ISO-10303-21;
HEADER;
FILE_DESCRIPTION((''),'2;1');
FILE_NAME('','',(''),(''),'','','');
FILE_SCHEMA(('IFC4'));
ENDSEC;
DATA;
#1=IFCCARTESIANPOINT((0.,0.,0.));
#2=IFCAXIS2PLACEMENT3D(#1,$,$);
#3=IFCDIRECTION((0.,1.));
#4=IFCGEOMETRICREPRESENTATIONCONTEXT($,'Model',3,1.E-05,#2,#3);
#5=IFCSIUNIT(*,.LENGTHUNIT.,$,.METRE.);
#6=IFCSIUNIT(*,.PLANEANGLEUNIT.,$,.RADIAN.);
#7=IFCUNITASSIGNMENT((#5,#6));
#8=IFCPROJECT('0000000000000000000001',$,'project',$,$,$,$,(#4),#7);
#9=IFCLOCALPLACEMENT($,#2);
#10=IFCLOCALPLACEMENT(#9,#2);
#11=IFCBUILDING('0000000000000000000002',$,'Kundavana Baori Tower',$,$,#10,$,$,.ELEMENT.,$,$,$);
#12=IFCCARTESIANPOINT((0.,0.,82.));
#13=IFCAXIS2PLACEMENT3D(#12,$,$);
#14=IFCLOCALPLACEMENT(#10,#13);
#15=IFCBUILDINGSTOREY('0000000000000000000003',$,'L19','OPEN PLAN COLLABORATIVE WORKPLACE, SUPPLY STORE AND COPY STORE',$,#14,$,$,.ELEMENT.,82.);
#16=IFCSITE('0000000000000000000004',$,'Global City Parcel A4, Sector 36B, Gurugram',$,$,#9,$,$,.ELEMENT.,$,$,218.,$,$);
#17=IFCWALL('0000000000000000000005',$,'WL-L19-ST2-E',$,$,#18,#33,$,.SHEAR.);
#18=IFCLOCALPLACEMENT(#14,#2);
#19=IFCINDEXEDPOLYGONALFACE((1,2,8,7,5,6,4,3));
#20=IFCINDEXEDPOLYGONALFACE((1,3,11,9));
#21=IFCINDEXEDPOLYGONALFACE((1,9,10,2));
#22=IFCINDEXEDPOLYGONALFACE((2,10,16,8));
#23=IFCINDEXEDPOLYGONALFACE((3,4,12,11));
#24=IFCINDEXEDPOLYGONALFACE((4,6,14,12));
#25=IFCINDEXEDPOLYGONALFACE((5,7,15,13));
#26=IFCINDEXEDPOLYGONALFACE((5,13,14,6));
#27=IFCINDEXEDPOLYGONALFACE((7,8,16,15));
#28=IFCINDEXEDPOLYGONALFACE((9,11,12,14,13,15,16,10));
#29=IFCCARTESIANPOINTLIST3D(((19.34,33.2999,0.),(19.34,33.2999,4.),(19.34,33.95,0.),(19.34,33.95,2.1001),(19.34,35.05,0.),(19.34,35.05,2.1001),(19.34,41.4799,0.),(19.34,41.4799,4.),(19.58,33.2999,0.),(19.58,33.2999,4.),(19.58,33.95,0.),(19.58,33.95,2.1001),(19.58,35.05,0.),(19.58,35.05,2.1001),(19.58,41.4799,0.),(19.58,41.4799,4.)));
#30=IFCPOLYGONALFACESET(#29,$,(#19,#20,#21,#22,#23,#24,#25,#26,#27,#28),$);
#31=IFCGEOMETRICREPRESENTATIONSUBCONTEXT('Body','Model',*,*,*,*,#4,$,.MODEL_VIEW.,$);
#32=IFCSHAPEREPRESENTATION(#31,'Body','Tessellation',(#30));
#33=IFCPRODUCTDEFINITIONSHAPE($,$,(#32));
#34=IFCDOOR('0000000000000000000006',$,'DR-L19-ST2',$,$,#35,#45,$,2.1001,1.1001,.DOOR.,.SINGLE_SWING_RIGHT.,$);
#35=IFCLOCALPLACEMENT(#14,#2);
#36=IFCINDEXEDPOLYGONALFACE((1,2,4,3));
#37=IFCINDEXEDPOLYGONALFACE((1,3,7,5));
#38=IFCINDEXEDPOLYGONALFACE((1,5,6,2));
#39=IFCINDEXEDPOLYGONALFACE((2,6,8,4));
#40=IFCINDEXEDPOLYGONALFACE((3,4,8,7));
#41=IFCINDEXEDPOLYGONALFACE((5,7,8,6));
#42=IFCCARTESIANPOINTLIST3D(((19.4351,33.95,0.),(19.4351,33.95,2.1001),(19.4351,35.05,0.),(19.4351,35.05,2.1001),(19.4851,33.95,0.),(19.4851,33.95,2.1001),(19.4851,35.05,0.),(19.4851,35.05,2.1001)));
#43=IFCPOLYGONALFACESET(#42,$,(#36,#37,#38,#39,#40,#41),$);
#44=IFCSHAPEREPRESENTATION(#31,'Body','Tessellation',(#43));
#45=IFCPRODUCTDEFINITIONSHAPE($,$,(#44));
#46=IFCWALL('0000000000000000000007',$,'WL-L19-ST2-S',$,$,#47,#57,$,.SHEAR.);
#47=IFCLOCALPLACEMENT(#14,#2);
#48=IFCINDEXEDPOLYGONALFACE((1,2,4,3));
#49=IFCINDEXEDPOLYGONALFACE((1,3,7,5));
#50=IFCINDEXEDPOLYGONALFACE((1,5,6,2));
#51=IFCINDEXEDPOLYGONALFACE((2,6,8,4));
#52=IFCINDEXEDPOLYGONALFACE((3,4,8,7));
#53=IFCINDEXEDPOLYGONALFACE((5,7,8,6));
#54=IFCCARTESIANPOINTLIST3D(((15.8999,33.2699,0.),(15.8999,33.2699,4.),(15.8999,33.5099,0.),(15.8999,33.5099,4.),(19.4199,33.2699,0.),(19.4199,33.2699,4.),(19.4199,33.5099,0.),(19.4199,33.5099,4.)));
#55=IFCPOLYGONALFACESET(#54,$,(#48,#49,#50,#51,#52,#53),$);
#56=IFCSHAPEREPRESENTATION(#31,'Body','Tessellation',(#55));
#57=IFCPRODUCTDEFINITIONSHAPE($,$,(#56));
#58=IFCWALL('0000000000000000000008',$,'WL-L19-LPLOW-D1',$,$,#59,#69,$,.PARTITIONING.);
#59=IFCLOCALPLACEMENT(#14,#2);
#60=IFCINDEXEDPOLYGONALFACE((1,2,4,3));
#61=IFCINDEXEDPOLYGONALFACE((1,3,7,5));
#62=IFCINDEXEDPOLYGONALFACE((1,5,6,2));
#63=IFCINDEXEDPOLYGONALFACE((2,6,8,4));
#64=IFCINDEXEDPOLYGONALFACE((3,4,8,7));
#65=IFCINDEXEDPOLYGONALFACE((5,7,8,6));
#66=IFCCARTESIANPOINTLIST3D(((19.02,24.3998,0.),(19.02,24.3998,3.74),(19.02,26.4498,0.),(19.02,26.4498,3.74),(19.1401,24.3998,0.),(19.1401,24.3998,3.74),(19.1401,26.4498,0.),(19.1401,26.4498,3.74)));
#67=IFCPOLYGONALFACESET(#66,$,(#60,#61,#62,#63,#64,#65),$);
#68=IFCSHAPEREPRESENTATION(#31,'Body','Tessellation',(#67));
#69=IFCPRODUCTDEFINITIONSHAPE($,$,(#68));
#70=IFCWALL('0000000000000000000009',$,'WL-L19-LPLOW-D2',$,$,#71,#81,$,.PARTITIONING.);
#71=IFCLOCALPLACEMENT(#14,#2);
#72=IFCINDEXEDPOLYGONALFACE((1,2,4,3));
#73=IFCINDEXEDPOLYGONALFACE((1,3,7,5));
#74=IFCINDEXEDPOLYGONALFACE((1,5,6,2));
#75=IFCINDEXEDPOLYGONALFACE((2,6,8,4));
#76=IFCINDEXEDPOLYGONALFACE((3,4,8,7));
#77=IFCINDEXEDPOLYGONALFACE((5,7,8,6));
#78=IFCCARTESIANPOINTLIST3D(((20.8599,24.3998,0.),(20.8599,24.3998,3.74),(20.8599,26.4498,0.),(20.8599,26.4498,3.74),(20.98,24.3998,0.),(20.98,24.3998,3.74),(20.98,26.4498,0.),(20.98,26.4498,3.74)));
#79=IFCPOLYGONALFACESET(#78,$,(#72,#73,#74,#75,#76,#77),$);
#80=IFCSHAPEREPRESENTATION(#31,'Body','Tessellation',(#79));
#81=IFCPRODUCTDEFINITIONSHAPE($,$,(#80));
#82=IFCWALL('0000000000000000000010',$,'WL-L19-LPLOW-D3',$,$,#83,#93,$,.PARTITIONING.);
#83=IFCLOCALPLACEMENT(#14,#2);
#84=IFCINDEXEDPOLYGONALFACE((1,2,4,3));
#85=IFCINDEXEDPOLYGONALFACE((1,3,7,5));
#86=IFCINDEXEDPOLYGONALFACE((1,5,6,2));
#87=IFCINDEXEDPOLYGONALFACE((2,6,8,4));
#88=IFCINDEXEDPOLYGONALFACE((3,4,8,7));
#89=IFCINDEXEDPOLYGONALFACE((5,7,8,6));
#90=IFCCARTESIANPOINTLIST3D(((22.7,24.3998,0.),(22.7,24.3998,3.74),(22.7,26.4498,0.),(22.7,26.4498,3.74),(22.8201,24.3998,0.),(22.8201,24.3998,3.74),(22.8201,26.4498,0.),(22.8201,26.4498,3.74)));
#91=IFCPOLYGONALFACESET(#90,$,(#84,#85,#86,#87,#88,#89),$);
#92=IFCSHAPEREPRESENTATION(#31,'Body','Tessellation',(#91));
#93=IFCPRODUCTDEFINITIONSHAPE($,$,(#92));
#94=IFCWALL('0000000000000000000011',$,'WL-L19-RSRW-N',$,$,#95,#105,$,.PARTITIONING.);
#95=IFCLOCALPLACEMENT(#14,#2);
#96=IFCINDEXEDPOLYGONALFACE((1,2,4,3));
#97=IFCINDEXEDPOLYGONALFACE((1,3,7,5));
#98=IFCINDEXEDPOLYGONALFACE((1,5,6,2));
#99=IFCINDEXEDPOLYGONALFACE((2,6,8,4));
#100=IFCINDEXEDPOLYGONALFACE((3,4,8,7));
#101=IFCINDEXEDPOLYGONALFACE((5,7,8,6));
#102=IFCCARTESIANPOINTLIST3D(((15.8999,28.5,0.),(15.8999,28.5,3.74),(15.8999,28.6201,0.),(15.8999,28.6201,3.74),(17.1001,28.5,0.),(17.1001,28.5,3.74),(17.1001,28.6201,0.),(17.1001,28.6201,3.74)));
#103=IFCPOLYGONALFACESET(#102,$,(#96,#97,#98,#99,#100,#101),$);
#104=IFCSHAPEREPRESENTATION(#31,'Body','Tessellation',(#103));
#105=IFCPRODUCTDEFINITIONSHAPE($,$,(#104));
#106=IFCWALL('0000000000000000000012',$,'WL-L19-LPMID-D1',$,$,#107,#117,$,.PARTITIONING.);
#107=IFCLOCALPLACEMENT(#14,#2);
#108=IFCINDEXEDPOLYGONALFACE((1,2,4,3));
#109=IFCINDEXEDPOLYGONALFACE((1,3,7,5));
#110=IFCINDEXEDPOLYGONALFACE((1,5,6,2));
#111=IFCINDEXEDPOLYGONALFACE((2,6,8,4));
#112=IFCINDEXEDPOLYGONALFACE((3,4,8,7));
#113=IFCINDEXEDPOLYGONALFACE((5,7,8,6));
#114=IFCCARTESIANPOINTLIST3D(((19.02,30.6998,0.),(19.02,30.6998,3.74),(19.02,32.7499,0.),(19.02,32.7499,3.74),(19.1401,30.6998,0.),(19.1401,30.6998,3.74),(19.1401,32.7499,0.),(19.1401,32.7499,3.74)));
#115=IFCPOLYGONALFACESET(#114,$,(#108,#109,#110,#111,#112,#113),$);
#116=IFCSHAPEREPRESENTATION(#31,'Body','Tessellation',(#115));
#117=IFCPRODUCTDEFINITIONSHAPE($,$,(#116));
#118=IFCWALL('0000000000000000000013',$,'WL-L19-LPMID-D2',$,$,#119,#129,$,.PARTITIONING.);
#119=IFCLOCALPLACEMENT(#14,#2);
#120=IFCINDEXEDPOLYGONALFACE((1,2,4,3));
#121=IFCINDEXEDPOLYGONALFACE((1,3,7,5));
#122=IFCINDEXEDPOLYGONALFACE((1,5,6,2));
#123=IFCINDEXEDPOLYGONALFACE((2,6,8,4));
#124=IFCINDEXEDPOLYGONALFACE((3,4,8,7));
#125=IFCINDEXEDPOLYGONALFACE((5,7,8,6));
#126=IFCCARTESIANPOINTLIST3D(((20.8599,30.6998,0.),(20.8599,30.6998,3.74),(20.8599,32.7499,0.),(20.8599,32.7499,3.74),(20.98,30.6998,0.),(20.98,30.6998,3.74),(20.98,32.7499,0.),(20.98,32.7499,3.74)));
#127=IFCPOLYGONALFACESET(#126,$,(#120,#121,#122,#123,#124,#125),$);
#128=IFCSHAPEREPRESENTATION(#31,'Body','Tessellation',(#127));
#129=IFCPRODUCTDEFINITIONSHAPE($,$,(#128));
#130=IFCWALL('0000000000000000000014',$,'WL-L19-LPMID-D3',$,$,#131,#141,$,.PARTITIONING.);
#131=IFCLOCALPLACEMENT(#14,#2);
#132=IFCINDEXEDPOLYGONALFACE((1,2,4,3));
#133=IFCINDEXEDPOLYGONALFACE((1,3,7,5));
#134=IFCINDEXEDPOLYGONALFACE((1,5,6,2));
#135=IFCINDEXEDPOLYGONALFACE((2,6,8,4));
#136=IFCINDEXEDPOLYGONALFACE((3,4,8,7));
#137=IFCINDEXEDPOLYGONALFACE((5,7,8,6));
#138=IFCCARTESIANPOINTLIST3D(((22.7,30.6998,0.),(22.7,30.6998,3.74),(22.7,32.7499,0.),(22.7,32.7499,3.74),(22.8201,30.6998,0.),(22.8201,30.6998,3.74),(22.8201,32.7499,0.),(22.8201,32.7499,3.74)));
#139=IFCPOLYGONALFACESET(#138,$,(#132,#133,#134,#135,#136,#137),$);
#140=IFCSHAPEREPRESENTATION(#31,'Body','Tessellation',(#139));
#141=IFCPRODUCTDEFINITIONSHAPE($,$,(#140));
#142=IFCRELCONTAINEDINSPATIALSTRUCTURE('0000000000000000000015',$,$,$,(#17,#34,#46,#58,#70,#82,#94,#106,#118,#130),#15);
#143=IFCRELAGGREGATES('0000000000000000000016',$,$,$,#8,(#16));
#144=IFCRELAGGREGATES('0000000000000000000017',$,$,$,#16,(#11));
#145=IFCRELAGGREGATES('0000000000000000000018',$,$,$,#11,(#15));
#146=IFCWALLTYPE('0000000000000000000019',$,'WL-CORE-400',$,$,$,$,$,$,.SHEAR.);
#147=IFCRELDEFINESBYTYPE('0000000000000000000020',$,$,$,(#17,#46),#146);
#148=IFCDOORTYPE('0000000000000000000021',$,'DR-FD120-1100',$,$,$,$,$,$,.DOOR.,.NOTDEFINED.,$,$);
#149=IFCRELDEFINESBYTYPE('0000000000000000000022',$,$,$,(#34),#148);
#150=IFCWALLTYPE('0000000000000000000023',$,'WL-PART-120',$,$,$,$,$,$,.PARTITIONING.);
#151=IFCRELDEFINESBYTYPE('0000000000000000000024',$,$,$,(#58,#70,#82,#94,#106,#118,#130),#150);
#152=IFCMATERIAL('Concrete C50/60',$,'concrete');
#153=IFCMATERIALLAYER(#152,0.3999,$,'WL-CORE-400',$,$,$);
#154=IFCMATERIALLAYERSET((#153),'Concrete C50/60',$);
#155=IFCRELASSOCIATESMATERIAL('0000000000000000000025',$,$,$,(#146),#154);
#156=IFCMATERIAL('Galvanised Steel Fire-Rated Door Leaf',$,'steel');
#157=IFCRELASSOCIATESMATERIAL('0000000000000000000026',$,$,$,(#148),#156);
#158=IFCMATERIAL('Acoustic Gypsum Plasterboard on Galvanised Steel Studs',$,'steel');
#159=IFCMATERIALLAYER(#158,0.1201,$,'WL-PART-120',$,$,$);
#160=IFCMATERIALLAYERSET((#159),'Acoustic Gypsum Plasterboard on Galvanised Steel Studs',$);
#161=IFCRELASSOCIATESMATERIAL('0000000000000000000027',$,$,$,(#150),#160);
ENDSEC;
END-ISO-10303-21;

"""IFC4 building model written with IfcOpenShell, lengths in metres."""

from ifc_helpers import new_model, si_unit, direction, frame, frame_2d, origin, place, context, subcontext, project, spatial, rectangle, extrude, material, layer, layer_set, type_object, element, fill, save


model = new_model("IFC4")

# Units and contexts
model_context = context("Model", 3, precision=1e-05, world=origin(), true_north=direction((0.0, 1.0)))
body_context = subcontext(model_context, "Body", "Model", "MODEL_VIEW")
ifc_project = project(units=[si_unit("LENGTHUNIT", "METRE"), si_unit("PLANEANGLEUNIT", "RADIAN")], contexts=[model_context])

# Site, building, storey
site_placement = place(None, origin())
site = spatial("IfcSite", under=ifc_project, at=site_placement, Name="Global City Parcel A4, Sector 36B, Gurugram", CompositionType="ELEMENT", RefElevation=218.0)
building_placement = place(site_placement, origin())
building = spatial("IfcBuilding", under=site, at=building_placement, Name="Kundavana Baori Tower", CompositionType="ELEMENT")
storey_placement = place(building_placement, frame((0.0, 0.0, 82.0)))
storey = spatial("IfcBuildingStorey", under=building, at=storey_placement, Name="L19", Description="OPEN PLAN COLLABORATIVE WORKPLACE, SUPPLY STORE AND COPY STORE", CompositionType="ELEMENT", Elevation=82.0)

# Wall, opening, door
ifc_material_1 = material(Name="Concrete C50/60", Category="concrete")
ifc_layer_1 = layer(ifc_material_1, 0.3999, Name="WL-CORE-400")
ifc_layer_set_1 = layer_set([ifc_layer_1], Name="Concrete C50/60")
wall_type_1 = type_object("IfcWallType", Name="WL-CORE-400", PredefinedType="SHEAR", material=ifc_layer_set_1)
wall_1_placement = place(storey_placement, frame((19.46, 33.3, 0.0), z_axis=(0.0, 0.0, 1.0), x_axis=(0.0, 1.0, 0.0)))
wall_1 = element("IfcWall", 1, at=wall_1_placement, inside=storey, type_object=wall_type_1, Name="WL-L19-ST2-E", PredefinedType="SHEAR", context=body_context, shape_type="SweptSolid", body=[
    extrude(rectangle(XDim=8.1799, YDim=0.24, at=frame_2d((4.0898, 0.0))), origin(), (0.0, 0.0, 1.0), 4.0),
])
opening_1_placement = place(wall_1_placement, frame((0.6499, 0.0, 0.0)))
opening_1 = element("IfcOpeningElement", 2, at=opening_1_placement, cuts=wall_1, PredefinedType="OPENING", context=body_context, shape_type="SweptSolid", body=[
    extrude(rectangle(XDim=1.1001, YDim=2.1001, at=frame_2d((0.55, 1.05))), frame((0.0, 0.1299, 0.0), z_axis=(0.0, -1.0, 0.0), x_axis=(1.0, 0.0, 0.0)), (0.0, 0.0, 1.0), 0.26),
])
ifc_material_2 = material(Name="Galvanised Steel Fire-Rated Door Leaf", Category="steel")
door_type_1 = type_object("IfcDoorType", Name="DR-FD120-1100", OperationType="NOTDEFINED", PredefinedType="DOOR", material=ifc_material_2)
door_1_placement = place(opening_1_placement, origin())
door_1 = element("IfcDoor", 3, at=door_1_placement, inside=storey, type_object=door_type_1, Name="DR-L19-ST2", OperationType="SINGLE_SWING_RIGHT", OverallHeight=2.1001, OverallWidth=1.1001, PredefinedType="DOOR", context=body_context, shape_type="SweptSolid", body=[
    extrude(rectangle(XDim=1.1001, YDim=2.1001, at=frame_2d((0.55, 1.05))), frame((0.0, 0.0249, 0.0), z_axis=(0.0, -1.0, 0.0), x_axis=(1.0, 0.0, 0.0)), (0.0, 0.0, 1.0), 0.05),
])
fill(opening_1, door_1)

# Walls
wall_2_placement = place(storey_placement, frame((15.8999, 33.3899, 0.0), z_axis=(0.0, 0.0, 1.0), x_axis=(1.0, 0.0, 0.0)))
element("IfcWall", 4, at=wall_2_placement, inside=storey, type_object=wall_type_1, Name="WL-L19-ST2-S", PredefinedType="SHEAR", context=body_context, shape_type="SweptSolid", body=[
    extrude(rectangle(XDim=3.52, YDim=0.24, at=frame_2d((1.76, 0.0))), origin(), (0.0, 0.0, 1.0), 4.0),
])
ifc_material_3 = material(Name="Acoustic Gypsum Plasterboard on Galvanised Steel Studs", Category="steel")
ifc_layer_2 = layer(ifc_material_3, 0.1201, Name="WL-PART-120")
ifc_layer_set_2 = layer_set([ifc_layer_2], Name="Acoustic Gypsum Plasterboard on Galvanised Steel Studs")
wall_type_2 = type_object("IfcWallType", Name="WL-PART-120", PredefinedType="PARTITIONING", material=ifc_layer_set_2)
for number, where, z_axis, x_axis, name in (
    (5, (19.0801, 24.3999, 0.0), (0.0, 0.0, 1.0), (0.0, 1.0, 0.0), "WL-L19-LPLOW-D1"),
    (6, (20.9199, 24.3999, 0.0), (0.0, 0.0, 1.0), (0.0, 1.0, 0.0), "WL-L19-LPLOW-D2"),
    (7, (22.76, 24.3999, 0.0), (0.0, 0.0, 1.0), (0.0, 1.0, 0.0), "WL-L19-LPLOW-D3"),
):
    element("IfcWall", number, at=place(storey_placement, frame(where, z_axis=z_axis, x_axis=x_axis)), inside=storey, type_object=wall_type_2, Name=name, PredefinedType="PARTITIONING", context=body_context, shape_type="SweptSolid", body=[
        extrude(rectangle(XDim=2.05, YDim=0.1201, at=frame_2d((1.0249, 0.0))), origin(), (0.0, 0.0, 1.0), 3.74),
    ])
wall_3_placement = place(storey_placement, frame((15.8999, 28.5601, 0.0), z_axis=(0.0, 0.0, 1.0), x_axis=(1.0, 0.0, 0.0)))
element("IfcWall", 8, at=wall_3_placement, inside=storey, type_object=wall_type_2, Name="WL-L19-RSRW-N", PredefinedType="PARTITIONING", context=body_context, shape_type="SweptSolid", body=[
    extrude(rectangle(XDim=1.2002, YDim=0.1201, at=frame_2d((0.6001, 0.0))), origin(), (0.0, 0.0, 1.0), 3.74),
])
for number, where, z_axis, x_axis, name in (
    (9, (19.0801, 30.7, 0.0), (0.0, 0.0, 1.0), (0.0, 1.0, 0.0), "WL-L19-LPMID-D1"),
    (10, (20.9199, 30.7, 0.0), (0.0, 0.0, 1.0), (0.0, 1.0, 0.0), "WL-L19-LPMID-D2"),
    (11, (22.76, 30.7, 0.0), (0.0, 0.0, 1.0), (0.0, 1.0, 0.0), "WL-L19-LPMID-D3"),
):
    element("IfcWall", number, at=place(storey_placement, frame(where, z_axis=z_axis, x_axis=x_axis)), inside=storey, type_object=wall_type_2, Name=name, PredefinedType="PARTITIONING", context=body_context, shape_type="SweptSolid", body=[
        extrude(rectangle(XDim=2.05, YDim=0.1201, at=frame_2d((1.0249, 0.0))), origin(), (0.0, 0.0, 1.0), 3.74),
    ])

save(model, "model.ifc")
